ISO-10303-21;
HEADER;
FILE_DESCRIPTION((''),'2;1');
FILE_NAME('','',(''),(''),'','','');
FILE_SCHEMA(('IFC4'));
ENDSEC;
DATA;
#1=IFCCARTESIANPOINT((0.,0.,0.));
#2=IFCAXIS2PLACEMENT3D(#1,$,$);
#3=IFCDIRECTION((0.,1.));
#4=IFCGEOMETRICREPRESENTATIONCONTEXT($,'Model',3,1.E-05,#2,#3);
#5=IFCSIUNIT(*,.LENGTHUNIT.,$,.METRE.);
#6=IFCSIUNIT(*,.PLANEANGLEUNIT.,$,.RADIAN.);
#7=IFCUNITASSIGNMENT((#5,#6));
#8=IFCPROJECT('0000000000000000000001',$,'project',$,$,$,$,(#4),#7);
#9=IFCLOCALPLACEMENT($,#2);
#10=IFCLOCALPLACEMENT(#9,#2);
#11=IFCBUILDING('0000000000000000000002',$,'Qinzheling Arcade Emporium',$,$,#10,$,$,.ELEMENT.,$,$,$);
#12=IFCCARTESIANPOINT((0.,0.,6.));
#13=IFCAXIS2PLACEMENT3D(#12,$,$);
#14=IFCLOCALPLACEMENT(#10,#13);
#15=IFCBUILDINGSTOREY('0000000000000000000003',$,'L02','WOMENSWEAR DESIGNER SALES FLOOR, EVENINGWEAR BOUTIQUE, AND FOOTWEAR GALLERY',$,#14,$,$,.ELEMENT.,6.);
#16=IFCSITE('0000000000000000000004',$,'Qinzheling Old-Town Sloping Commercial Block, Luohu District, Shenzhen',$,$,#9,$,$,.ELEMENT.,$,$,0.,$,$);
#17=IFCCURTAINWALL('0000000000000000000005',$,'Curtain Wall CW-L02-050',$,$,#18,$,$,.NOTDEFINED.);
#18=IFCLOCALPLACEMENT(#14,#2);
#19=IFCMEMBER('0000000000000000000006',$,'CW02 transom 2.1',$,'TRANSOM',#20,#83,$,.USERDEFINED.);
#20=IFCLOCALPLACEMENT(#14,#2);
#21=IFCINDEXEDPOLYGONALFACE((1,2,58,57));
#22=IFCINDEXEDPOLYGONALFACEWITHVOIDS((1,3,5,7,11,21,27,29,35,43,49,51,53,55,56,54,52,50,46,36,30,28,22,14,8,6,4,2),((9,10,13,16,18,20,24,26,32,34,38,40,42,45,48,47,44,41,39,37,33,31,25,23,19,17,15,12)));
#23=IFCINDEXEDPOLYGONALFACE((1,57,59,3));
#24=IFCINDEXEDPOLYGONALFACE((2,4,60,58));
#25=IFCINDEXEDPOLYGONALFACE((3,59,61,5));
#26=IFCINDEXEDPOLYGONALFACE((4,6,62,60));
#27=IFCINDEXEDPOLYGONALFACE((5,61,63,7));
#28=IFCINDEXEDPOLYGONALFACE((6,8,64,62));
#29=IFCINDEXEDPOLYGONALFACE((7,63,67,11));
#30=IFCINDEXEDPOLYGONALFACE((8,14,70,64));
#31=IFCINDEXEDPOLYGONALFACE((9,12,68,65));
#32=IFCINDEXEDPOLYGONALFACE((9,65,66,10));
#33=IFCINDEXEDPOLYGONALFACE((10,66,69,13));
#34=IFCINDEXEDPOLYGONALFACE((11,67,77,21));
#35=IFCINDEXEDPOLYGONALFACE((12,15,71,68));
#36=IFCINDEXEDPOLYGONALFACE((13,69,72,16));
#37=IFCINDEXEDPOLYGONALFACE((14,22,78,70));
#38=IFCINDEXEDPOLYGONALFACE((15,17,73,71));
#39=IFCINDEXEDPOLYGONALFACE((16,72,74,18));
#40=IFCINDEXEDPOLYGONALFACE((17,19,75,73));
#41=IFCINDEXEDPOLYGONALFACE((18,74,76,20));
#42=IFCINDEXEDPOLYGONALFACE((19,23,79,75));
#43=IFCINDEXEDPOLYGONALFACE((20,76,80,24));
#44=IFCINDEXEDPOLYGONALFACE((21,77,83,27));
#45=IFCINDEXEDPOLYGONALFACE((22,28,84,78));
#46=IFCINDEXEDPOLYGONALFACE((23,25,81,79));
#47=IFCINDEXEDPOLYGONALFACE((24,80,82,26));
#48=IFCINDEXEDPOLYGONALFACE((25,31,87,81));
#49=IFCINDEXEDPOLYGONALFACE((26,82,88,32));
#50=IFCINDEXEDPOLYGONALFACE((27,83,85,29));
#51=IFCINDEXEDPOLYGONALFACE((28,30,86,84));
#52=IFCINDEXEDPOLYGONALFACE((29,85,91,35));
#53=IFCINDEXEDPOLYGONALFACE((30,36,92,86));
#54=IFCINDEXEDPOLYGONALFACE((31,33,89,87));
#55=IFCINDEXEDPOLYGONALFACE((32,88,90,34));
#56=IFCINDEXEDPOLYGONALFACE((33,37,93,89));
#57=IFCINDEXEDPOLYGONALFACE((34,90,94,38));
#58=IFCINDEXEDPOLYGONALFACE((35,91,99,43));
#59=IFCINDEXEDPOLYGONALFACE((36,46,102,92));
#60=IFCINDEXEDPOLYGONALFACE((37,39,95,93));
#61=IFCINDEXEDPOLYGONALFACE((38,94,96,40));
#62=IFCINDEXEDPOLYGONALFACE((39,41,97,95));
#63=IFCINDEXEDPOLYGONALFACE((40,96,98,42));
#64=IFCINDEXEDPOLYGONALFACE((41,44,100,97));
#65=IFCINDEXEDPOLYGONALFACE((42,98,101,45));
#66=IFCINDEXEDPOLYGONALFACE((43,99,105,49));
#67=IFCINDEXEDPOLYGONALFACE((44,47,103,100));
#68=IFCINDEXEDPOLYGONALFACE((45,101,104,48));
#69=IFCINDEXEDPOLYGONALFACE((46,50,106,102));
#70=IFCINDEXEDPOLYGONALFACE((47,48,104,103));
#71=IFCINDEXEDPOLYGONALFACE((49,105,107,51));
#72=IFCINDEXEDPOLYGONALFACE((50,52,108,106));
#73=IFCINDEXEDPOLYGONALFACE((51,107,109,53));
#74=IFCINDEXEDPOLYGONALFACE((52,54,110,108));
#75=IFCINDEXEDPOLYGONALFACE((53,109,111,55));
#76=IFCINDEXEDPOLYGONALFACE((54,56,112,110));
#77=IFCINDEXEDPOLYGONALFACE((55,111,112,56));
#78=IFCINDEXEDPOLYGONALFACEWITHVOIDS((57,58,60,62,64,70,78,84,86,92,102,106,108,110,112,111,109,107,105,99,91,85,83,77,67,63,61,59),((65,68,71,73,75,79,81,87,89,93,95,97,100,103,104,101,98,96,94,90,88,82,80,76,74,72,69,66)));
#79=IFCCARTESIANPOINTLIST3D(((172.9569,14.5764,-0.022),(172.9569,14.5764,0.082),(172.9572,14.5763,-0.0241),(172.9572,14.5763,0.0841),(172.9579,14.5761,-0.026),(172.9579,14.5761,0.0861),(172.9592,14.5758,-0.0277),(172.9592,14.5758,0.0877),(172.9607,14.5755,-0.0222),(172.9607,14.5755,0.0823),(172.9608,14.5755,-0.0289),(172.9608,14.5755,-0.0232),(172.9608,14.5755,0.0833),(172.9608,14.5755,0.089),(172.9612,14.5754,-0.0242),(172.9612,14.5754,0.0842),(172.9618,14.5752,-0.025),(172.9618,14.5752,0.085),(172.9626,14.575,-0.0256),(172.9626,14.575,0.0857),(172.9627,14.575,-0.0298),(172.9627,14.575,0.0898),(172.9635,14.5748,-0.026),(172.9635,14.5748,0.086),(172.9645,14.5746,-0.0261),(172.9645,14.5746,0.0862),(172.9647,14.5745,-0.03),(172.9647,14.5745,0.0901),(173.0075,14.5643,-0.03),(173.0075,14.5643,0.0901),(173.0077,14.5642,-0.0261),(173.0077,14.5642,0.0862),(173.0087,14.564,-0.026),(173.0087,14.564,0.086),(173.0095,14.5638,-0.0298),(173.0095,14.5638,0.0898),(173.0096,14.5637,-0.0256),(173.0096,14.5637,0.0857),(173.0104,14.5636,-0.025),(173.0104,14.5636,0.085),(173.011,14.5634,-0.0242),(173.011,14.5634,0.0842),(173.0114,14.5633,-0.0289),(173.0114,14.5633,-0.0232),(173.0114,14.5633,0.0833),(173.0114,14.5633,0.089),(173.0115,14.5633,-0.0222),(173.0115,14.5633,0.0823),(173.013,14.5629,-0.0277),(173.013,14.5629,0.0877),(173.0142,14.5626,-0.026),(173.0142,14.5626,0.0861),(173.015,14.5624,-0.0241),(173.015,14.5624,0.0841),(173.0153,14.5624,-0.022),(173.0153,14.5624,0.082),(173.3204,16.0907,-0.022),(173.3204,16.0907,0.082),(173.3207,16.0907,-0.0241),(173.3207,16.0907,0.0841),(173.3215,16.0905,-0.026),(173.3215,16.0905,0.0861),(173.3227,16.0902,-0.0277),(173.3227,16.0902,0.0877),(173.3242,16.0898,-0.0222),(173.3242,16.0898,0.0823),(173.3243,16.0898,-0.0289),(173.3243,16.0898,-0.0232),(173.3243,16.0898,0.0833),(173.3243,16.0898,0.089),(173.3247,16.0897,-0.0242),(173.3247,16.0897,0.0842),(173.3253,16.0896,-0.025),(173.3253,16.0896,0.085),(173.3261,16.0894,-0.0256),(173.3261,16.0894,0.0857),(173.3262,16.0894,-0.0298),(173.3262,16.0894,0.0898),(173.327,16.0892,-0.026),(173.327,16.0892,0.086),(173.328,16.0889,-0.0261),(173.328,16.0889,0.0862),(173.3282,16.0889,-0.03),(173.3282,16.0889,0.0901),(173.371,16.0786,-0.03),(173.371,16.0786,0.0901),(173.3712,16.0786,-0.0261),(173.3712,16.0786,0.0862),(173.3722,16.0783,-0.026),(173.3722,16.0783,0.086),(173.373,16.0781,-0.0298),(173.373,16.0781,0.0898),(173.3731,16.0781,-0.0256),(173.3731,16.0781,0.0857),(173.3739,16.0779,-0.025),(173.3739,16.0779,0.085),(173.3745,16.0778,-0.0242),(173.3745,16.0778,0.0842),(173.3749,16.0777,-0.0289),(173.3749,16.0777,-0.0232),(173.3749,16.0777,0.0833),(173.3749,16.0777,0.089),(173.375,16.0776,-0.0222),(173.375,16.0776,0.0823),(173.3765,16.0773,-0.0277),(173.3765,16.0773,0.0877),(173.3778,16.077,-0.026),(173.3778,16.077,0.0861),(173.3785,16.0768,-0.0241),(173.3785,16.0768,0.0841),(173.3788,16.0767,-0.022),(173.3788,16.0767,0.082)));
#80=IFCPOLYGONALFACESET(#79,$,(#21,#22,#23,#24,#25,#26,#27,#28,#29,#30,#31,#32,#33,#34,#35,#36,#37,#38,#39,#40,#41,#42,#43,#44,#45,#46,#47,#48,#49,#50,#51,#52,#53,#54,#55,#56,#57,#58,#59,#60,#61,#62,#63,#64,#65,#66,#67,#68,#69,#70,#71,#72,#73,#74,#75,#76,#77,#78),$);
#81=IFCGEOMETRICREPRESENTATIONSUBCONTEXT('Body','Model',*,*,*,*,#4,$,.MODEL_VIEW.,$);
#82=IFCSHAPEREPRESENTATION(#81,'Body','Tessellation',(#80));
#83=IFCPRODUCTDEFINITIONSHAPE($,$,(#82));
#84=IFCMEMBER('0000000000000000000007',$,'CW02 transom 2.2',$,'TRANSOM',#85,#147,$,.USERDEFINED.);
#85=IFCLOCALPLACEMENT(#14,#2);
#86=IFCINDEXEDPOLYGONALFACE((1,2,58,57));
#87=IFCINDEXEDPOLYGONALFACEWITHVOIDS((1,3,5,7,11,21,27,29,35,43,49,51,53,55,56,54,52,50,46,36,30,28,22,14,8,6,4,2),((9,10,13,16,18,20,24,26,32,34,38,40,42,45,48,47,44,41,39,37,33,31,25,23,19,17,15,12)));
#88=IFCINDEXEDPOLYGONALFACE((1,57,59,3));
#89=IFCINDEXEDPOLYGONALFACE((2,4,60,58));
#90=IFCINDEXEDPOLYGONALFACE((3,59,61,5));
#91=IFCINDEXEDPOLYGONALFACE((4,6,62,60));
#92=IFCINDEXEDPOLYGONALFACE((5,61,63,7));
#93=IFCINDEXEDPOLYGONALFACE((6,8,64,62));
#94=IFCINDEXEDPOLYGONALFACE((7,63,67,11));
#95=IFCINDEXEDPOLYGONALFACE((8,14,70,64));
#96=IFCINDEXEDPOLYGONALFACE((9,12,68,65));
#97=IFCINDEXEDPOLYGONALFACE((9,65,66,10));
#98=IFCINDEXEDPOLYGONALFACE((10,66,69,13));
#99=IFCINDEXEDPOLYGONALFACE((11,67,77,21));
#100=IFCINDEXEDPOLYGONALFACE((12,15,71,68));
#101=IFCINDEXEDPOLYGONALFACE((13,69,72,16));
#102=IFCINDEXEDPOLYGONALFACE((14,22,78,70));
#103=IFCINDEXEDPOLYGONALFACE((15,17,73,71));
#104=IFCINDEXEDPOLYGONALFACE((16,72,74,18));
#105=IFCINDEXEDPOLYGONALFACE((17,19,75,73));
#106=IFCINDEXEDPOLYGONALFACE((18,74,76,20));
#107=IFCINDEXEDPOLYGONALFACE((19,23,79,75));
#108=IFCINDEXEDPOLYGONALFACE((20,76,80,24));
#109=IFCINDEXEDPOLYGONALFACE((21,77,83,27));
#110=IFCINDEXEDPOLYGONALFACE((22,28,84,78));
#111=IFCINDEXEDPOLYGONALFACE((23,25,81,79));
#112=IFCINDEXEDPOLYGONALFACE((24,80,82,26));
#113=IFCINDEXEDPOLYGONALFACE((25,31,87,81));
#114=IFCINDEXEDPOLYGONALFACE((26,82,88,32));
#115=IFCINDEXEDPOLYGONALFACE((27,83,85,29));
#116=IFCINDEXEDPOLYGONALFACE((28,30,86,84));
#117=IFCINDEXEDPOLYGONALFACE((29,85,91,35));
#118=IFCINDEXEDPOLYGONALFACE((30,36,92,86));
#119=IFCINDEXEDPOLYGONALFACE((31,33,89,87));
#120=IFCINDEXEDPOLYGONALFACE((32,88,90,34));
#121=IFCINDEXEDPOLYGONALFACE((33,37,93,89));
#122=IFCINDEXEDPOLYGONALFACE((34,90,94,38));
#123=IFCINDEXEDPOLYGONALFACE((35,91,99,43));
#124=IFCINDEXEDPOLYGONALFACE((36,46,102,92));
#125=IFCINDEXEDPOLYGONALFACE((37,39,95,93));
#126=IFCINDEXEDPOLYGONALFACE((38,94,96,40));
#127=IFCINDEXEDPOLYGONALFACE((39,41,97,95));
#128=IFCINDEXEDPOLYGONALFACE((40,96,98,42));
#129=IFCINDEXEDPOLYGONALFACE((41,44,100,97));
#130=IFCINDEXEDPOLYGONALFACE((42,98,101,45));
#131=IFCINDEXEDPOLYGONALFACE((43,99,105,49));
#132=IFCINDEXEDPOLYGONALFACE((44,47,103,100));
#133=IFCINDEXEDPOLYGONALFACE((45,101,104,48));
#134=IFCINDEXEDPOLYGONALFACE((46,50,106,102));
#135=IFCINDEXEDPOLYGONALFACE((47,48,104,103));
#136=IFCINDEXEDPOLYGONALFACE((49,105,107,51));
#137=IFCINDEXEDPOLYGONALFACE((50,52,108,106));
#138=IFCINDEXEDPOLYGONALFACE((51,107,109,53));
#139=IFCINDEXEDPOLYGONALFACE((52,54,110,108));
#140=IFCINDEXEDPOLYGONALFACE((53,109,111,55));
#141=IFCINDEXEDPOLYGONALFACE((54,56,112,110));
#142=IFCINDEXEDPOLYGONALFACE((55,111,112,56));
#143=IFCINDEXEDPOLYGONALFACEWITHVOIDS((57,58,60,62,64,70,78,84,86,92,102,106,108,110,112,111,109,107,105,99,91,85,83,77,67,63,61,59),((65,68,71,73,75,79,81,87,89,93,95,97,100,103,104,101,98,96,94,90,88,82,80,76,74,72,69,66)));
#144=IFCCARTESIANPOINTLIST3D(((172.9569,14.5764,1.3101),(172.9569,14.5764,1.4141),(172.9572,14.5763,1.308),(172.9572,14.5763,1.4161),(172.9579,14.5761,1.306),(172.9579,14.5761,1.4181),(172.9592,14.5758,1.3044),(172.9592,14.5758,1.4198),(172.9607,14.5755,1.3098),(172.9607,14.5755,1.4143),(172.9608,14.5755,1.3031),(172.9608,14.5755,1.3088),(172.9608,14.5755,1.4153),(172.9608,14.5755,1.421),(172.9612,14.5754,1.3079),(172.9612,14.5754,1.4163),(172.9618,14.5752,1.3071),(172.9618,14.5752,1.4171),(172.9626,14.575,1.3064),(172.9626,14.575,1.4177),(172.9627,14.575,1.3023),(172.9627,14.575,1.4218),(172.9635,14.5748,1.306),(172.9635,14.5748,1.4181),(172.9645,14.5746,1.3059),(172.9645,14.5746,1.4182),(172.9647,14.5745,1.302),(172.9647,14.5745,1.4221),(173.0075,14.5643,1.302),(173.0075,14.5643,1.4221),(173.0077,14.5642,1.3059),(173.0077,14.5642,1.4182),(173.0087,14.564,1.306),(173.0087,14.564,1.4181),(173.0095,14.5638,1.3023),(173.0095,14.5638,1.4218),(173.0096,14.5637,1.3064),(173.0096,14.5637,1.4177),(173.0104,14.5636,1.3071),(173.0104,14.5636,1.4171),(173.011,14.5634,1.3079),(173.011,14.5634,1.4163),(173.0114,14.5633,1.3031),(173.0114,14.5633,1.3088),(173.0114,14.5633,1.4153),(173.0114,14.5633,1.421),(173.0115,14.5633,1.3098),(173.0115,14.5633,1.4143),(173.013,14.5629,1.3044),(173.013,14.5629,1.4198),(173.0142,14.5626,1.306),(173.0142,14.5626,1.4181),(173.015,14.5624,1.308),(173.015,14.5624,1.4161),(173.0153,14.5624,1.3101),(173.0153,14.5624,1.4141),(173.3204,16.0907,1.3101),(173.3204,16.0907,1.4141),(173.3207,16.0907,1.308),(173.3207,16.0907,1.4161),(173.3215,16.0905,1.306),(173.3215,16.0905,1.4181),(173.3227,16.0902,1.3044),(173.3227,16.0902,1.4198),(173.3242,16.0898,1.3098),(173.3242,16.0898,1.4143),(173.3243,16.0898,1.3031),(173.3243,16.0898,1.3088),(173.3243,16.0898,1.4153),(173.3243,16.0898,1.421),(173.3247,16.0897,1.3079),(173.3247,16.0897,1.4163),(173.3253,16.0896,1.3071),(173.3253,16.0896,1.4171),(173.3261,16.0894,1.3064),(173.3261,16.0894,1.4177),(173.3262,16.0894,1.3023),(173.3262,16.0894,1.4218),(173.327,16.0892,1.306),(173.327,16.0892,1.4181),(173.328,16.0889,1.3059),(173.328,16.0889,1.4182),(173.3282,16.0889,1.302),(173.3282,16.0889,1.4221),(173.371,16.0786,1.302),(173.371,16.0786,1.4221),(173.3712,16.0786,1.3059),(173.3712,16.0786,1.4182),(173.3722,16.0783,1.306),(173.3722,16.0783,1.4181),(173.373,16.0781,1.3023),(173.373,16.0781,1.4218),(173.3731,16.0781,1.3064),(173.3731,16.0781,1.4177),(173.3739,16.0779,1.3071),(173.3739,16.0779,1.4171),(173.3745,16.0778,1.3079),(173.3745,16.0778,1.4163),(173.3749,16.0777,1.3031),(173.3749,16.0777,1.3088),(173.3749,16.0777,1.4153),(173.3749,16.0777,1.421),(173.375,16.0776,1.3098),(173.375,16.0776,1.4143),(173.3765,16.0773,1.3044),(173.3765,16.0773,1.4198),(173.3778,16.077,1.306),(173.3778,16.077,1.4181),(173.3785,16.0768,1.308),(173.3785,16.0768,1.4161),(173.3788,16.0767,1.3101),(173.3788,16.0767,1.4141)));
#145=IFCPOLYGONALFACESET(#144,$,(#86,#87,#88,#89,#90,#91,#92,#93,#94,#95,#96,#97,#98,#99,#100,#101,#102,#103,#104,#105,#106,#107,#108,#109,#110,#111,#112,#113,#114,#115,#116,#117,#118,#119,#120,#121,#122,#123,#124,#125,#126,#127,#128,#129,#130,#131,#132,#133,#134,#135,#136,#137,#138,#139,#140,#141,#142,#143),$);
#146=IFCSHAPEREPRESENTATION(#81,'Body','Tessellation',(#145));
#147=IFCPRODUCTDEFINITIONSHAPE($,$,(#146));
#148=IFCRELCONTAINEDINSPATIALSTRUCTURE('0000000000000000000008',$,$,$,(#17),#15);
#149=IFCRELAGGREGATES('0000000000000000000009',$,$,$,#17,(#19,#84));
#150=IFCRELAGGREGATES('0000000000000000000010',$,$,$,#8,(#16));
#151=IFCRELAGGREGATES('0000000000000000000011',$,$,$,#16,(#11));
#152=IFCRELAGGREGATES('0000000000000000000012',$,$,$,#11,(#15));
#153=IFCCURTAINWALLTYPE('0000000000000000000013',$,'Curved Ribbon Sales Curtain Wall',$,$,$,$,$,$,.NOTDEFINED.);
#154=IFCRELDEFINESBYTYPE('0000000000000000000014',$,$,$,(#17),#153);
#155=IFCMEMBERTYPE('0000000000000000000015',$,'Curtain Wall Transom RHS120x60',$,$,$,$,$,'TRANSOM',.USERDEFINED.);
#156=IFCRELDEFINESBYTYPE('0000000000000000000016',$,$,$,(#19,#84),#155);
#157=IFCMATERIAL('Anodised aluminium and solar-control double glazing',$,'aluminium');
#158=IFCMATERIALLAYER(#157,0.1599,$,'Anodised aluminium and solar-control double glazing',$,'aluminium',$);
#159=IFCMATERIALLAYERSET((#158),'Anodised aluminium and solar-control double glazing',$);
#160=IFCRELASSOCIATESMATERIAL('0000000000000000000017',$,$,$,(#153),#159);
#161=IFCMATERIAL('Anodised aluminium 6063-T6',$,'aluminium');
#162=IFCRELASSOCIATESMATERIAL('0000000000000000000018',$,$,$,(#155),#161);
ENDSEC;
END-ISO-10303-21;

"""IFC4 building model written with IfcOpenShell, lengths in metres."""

from ifc_helpers import new_model, si_unit, direction, frame, origin, origin_2d, place, context, subcontext, project, spatial, hollow_rectangle, extrude, material, layer, layer_set, material_profile, profile_set, type_object, element, aggregate, save


model = new_model("IFC4")

# Units and contexts
model_context = context("Model", 3, precision=1e-05, world=origin(), true_north=direction((0.0, 1.0)))
body_context = subcontext(model_context, "Body", "Model", "MODEL_VIEW")
ifc_project = project(units=[si_unit("LENGTHUNIT", "METRE"), si_unit("PLANEANGLEUNIT", "RADIAN")], contexts=[model_context])

# Site, building, storey
site_placement = place(None, origin())
site = spatial("IfcSite", under=ifc_project, at=site_placement, Name="Qinzheling Old-Town Sloping Commercial Block, Luohu District, Shenzhen", CompositionType="ELEMENT", RefElevation=0.0)
building_placement = place(site_placement, origin())
building = spatial("IfcBuilding", under=site, at=building_placement, Name="Qinzheling Arcade Emporium", CompositionType="ELEMENT")
storey_placement = place(building_placement, frame((0.0, 0.0, 6.0)))
storey = spatial("IfcBuildingStorey", under=building, at=storey_placement, Name="L02", Description="WOMENSWEAR DESIGNER SALES FLOOR, EVENINGWEAR BOUTIQUE, AND FOOTWEAR GALLERY", CompositionType="ELEMENT", Elevation=6.0)

# Curtain wall, members
ifc_material_1 = material(Name="Anodised aluminium and solar-control double glazing", Category="aluminium")
ifc_layer_1 = layer(ifc_material_1, 0.1599, Name="Anodised aluminium and solar-control double glazing", Category="aluminium")
ifc_layer_set_1 = layer_set([ifc_layer_1], Name="Anodised aluminium and solar-control double glazing")
curtain_wall_type = type_object("IfcCurtainWallType", Name="Curved Ribbon Sales Curtain Wall", PredefinedType="NOTDEFINED", material=ifc_layer_set_1)
curtain_wall_placement = place(storey_placement, origin())
curtain_wall = element("IfcCurtainWall", 1, at=curtain_wall_placement, inside=storey, type_object=curtain_wall_type, Name="Curtain Wall CW-L02-050", PredefinedType="NOTDEFINED")
ifc_material_2 = material(Name="Anodised aluminium 6063-T6", Category="aluminium")
ifc_material_profile_1 = material_profile(ifc_material_2, hollow_rectangle(XDim=0.0601, YDim=0.1201, WallThickness=0.0039, InnerFilletRadius=0.0039, OuterFilletRadius=0.0081, at=origin_2d()), Name="RHS 120x60x4", Category="aluminium")
ifc_profile_set_1 = profile_set([ifc_material_profile_1], Name="Anodised aluminium 6063-T6")
member_type_1 = type_object("IfcMemberType", Name="Curtain Wall Transom RHS120x60", ElementType="TRANSOM", PredefinedType="USERDEFINED", material=ifc_profile_set_1)
member_1_placement = place(storey_placement, frame((173.3496, 16.0837, 0.03), z_axis=(-0.233414, -0.972377, 0.0), x_axis=(0.972377, -0.233414, 0.0)))
member_1 = element("IfcMember", 2, at=member_1_placement, type_object=member_type_1, Name="CW02 transom 2.1", ObjectType="TRANSOM", PredefinedType="USERDEFINED", context=body_context, shape_type="SweptSolid", body=[
    extrude(hollow_rectangle(XDim=0.0601, YDim=0.1201, WallThickness=0.0039, InnerFilletRadius=0.0039, OuterFilletRadius=0.0081, at=origin_2d()), origin(), (0.0, 0.0, 1.0), 1.5574),
])
member_2_placement = place(storey_placement, frame((173.3496, 16.0837, 1.3621), z_axis=(-0.233414, -0.972377, 0.0), x_axis=(0.972377, -0.233414, 0.0)))
member_2 = element("IfcMember", 3, at=member_2_placement, type_object=member_type_1, Name="CW02 transom 2.2", ObjectType="TRANSOM", PredefinedType="USERDEFINED", context=body_context, shape_type="SweptSolid", body=[
    extrude(hollow_rectangle(XDim=0.0601, YDim=0.1201, WallThickness=0.0039, InnerFilletRadius=0.0039, OuterFilletRadius=0.0081, at=origin_2d()), origin(), (0.0, 0.0, 1.0), 1.5574),
])

aggregate(curtain_wall, [member_1, member_2])

save(model, "model.ifc")
